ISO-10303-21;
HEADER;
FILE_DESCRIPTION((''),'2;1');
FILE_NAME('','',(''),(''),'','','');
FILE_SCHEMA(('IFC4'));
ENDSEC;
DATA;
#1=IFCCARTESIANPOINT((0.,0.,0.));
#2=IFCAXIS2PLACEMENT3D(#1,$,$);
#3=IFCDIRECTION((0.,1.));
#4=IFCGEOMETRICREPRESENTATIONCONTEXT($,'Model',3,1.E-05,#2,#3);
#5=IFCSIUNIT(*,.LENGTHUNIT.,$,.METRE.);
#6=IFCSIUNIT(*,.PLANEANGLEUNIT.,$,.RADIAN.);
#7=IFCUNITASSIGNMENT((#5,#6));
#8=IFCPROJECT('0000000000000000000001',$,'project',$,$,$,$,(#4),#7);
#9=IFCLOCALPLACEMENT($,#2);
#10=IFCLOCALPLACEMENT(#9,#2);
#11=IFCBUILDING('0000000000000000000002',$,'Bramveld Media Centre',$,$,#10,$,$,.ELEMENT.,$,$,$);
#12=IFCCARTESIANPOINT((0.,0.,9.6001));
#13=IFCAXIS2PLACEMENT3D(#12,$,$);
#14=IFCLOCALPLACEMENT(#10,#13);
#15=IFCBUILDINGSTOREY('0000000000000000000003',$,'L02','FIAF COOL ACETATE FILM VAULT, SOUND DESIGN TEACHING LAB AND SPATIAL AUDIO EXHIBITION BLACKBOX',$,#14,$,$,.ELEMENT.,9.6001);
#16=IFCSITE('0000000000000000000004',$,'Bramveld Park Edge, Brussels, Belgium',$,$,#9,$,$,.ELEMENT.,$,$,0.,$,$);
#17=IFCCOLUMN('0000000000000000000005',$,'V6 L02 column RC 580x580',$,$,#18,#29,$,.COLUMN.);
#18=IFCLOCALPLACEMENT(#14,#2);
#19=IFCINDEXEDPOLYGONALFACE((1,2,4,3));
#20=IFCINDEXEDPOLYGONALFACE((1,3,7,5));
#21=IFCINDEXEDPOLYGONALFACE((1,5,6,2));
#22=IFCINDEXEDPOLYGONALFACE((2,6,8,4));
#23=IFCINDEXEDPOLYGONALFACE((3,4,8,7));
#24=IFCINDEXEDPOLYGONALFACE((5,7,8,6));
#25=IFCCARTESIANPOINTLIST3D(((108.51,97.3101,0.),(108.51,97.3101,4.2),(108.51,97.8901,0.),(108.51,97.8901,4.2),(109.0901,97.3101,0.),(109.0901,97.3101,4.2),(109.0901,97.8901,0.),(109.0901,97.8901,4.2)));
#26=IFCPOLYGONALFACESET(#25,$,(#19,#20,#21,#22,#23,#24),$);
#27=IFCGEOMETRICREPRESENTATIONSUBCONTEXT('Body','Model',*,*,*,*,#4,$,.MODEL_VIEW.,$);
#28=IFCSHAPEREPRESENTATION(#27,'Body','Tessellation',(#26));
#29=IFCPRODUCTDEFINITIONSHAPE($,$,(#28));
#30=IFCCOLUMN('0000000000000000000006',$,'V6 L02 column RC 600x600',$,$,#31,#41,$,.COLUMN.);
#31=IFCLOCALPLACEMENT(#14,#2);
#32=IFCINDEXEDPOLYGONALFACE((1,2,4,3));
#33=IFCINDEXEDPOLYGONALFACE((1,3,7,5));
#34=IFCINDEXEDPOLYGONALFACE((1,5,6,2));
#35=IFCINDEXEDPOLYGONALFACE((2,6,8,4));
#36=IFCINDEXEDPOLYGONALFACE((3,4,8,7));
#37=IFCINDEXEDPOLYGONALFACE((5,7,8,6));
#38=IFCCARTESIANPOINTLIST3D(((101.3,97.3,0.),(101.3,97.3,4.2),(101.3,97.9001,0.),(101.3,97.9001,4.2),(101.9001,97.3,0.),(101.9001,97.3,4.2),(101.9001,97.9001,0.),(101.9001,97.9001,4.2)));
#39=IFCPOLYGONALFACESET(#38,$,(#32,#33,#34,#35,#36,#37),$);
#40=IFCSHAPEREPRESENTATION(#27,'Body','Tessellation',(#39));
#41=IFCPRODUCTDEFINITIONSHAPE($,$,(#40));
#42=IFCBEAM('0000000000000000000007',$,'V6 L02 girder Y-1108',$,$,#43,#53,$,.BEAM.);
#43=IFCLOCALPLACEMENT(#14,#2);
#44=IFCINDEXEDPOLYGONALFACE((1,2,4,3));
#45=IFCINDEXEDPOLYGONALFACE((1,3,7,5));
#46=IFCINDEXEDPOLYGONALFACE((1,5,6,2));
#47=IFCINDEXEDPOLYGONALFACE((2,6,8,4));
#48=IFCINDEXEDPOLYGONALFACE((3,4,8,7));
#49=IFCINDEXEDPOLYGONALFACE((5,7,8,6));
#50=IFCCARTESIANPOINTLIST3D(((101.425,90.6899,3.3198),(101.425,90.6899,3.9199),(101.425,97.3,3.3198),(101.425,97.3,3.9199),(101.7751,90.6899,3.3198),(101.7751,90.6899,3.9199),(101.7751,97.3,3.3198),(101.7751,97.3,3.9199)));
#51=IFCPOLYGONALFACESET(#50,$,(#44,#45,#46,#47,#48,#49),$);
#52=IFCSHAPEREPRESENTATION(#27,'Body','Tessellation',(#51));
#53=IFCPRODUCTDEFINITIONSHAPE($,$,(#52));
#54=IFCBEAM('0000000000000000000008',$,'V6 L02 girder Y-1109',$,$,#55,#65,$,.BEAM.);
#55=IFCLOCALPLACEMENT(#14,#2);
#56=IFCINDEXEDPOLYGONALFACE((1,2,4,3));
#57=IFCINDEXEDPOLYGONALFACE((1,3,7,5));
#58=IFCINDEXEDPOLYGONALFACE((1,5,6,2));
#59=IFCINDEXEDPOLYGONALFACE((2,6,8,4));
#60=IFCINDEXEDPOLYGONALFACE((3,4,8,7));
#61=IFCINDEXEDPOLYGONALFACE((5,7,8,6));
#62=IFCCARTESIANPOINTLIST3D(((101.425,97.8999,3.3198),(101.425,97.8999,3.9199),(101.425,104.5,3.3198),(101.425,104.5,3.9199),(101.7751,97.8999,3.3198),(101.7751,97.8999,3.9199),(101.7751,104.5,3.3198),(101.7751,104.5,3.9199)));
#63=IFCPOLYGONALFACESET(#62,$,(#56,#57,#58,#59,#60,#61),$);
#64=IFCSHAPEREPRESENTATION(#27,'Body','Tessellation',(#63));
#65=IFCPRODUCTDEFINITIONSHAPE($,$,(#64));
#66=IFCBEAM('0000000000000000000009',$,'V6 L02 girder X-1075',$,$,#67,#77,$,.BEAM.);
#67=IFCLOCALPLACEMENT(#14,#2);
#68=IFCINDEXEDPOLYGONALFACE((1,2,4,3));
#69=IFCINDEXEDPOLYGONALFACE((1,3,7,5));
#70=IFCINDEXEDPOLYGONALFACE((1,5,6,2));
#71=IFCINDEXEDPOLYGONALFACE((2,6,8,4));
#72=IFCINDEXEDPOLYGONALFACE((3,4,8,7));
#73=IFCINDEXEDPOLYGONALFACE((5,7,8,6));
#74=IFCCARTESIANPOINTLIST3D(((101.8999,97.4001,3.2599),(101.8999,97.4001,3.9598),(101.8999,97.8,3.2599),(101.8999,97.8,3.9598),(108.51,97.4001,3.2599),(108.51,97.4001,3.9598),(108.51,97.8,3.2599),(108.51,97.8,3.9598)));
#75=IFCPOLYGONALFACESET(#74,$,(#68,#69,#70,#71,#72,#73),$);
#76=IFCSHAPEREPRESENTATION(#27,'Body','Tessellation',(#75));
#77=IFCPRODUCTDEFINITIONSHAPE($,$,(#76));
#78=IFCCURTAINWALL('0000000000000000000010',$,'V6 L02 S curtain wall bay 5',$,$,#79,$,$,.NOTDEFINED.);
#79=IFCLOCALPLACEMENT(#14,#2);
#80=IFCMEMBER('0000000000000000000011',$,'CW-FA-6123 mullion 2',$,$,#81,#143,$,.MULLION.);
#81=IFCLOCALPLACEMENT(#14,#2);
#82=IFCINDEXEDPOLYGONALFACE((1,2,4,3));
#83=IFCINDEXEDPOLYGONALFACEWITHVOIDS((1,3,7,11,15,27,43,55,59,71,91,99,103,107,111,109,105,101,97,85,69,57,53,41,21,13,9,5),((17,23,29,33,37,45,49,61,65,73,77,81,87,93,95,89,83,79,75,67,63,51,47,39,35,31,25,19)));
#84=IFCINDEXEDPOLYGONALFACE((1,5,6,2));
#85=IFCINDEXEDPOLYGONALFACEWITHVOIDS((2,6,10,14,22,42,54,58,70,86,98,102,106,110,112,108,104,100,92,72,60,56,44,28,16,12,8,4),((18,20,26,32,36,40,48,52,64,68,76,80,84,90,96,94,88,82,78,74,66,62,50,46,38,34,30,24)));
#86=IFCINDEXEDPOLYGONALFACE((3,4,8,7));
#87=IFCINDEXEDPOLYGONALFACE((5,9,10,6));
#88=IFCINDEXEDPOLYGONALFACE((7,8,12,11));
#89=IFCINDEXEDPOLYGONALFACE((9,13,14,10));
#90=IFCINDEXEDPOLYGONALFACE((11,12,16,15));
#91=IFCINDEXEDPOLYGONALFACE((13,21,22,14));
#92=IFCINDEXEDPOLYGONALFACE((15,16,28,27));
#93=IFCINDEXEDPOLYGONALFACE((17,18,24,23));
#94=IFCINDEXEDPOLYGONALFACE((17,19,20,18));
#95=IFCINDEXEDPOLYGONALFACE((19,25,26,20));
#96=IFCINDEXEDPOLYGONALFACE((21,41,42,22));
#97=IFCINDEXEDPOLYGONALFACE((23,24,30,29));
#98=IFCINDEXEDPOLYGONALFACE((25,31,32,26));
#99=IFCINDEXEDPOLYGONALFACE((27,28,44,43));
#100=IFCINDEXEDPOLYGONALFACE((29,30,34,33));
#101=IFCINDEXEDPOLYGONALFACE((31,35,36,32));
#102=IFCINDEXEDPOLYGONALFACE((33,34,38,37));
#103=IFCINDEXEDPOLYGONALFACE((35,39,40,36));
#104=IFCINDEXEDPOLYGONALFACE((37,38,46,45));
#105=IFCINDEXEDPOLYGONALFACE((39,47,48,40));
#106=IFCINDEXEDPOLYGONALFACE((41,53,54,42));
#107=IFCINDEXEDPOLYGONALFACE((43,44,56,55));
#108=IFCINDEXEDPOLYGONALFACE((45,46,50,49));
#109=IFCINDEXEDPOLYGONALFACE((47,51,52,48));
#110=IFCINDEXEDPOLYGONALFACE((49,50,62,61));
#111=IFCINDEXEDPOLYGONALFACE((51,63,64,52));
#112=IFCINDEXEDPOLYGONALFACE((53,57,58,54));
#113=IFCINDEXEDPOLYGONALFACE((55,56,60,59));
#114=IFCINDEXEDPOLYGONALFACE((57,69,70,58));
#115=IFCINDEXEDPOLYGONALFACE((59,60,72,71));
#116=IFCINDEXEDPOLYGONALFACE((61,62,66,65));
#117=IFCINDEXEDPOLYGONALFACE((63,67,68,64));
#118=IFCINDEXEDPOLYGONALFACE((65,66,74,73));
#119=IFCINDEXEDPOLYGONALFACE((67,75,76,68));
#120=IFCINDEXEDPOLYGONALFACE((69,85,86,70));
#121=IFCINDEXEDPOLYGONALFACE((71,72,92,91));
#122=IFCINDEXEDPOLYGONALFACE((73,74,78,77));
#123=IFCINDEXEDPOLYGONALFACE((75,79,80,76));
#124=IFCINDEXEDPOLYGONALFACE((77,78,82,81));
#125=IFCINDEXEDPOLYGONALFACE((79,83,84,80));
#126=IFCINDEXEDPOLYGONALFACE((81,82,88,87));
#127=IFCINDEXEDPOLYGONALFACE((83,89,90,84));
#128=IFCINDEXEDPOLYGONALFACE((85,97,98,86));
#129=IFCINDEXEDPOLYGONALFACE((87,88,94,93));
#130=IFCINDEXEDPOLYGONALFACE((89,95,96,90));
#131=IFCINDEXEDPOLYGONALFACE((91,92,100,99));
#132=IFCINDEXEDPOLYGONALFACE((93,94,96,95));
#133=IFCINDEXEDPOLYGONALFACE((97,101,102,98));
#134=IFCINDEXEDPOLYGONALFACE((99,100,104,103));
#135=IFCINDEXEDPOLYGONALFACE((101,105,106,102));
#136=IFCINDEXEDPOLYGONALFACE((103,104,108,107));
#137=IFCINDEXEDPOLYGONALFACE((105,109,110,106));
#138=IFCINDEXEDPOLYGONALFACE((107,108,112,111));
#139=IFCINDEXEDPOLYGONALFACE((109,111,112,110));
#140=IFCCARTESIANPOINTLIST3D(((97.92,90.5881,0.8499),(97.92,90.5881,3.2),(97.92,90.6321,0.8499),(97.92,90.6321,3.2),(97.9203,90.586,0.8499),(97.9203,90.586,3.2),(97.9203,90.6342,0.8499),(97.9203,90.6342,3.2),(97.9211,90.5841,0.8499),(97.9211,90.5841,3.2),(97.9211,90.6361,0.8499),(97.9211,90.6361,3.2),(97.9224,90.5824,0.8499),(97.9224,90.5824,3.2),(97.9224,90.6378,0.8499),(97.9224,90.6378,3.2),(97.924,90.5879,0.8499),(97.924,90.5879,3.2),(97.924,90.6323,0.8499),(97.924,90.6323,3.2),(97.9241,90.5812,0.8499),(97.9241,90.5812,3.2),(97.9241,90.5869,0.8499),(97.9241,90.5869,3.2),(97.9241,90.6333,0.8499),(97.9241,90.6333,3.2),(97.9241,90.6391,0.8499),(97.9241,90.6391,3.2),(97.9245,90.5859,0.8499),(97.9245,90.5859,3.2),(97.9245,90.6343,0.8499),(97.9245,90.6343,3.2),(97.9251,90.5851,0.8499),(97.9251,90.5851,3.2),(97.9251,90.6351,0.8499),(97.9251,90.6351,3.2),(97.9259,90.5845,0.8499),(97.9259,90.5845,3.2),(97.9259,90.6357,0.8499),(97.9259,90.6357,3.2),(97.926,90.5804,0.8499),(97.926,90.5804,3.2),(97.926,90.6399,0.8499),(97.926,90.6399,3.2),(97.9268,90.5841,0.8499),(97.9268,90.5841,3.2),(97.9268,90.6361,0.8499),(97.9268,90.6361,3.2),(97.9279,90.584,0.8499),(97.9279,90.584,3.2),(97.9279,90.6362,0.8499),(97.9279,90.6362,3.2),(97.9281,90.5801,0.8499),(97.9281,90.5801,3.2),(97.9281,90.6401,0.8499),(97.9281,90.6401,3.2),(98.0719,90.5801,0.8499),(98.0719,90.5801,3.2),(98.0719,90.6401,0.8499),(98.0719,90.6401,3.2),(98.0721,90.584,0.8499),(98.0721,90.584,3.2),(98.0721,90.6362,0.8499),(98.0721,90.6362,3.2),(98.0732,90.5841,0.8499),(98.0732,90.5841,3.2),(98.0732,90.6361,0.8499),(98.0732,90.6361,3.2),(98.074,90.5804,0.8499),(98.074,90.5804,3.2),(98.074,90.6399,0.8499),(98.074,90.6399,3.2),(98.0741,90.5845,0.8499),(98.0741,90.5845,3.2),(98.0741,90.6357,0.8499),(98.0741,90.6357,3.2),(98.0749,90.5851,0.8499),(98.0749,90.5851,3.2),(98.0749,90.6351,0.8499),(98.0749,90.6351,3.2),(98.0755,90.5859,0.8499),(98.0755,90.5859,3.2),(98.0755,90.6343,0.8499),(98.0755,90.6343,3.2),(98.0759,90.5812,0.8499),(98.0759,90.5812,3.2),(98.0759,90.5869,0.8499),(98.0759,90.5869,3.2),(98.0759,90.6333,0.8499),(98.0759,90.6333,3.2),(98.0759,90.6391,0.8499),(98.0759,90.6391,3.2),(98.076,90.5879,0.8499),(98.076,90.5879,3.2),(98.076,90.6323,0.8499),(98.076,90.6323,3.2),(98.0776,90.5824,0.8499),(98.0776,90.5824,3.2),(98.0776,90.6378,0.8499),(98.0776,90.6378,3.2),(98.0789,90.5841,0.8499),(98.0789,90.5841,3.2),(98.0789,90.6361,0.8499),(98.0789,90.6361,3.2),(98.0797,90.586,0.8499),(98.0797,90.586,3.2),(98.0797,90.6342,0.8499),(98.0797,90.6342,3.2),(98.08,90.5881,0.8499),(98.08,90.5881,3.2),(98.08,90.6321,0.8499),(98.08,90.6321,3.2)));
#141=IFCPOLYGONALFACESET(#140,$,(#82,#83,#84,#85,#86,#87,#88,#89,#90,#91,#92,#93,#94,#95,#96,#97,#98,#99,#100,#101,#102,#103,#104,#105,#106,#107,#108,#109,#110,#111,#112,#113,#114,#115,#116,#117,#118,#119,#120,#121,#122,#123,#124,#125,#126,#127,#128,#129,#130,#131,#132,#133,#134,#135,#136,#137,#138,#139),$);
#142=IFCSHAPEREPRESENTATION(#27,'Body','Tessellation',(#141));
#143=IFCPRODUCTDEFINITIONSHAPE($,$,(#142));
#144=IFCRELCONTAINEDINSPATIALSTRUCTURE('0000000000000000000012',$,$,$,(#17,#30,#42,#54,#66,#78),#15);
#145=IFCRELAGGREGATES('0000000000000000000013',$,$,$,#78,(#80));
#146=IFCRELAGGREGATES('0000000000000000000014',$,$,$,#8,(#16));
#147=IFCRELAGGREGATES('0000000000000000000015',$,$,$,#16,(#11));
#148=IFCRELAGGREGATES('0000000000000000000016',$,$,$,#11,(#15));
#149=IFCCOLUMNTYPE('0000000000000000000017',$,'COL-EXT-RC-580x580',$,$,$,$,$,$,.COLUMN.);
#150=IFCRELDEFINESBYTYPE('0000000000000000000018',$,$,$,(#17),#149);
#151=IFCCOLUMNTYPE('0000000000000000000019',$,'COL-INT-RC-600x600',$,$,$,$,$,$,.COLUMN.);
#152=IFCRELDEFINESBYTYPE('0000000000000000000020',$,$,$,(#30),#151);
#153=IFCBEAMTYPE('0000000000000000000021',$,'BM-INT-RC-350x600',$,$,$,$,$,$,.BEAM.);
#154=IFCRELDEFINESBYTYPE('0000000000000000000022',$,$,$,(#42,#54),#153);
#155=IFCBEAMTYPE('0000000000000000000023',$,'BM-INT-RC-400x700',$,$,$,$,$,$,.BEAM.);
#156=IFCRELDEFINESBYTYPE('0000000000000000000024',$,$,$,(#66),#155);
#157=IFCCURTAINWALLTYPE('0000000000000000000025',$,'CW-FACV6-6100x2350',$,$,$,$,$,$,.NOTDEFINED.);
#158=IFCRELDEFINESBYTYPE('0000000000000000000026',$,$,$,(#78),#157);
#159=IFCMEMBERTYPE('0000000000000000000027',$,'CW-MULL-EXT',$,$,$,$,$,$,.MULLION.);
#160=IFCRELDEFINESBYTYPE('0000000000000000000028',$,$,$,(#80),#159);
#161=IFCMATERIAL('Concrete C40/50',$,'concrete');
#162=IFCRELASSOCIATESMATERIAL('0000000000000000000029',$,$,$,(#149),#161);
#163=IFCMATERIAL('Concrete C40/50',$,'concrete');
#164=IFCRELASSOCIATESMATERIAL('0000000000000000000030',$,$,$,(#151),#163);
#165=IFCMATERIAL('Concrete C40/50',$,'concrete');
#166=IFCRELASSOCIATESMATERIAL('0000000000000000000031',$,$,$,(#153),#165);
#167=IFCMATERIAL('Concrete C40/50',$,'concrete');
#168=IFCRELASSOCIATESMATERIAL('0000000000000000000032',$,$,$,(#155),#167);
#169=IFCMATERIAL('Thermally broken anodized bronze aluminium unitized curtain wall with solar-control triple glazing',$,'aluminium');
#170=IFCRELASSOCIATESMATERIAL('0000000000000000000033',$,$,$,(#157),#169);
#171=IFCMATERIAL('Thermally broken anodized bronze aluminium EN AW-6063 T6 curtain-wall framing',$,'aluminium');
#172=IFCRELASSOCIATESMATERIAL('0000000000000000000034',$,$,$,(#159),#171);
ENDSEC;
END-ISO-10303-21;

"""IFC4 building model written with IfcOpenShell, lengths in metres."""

from ifc_helpers import new_model, si_unit, direction, frame, origin, origin_2d, place, context, subcontext, project, spatial, rectangle, hollow_rectangle, extrude, material, material_profile, profile_set, type_object, element, aggregate, save


model = new_model("IFC4")

# Units and contexts
model_context = context("Model", 3, precision=1e-05, world=origin(), true_north=direction((0.0, 1.0)))
body_context = subcontext(model_context, "Body", "Model", "MODEL_VIEW")
ifc_project = project(units=[si_unit("LENGTHUNIT", "METRE"), si_unit("PLANEANGLEUNIT", "RADIAN")], contexts=[model_context])

# Site, building, storey
site_placement = place(None, origin())
site = spatial("IfcSite", under=ifc_project, at=site_placement, Name="Bramveld Park Edge, Brussels, Belgium", CompositionType="ELEMENT", RefElevation=0.0)
building_placement = place(site_placement, origin())
building = spatial("IfcBuilding", under=site, at=building_placement, Name="Bramveld Media Centre", CompositionType="ELEMENT")
storey_placement = place(building_placement, frame((0.0, 0.0, 9.6001)))
storey = spatial("IfcBuildingStorey", under=building, at=storey_placement, Name="L02", Description="FIAF COOL ACETATE FILM VAULT, SOUND DESIGN TEACHING LAB AND SPATIAL AUDIO EXHIBITION BLACKBOX", CompositionType="ELEMENT", Elevation=9.6001)

# Columns
ifc_material_1 = material(Name="Concrete C40/50", Category="concrete")
ifc_material_profile_1 = material_profile(ifc_material_1, rectangle(XDim=0.5801, YDim=0.5801, at=origin_2d()), Name="RC 580x580")
ifc_profile_set_1 = profile_set([ifc_material_profile_1], Name="Concrete C40/50")
column_type_1 = type_object("IfcColumnType", Name="COL-EXT-RC-580x580", PredefinedType="COLUMN", material=ifc_profile_set_1)
column_1_placement = place(storey_placement, frame((108.8, 97.6001, 0.0), z_axis=(0.0, 0.0, 1.0), x_axis=(1.0, 0.0, 0.0)))
element("IfcColumn", 1, at=column_1_placement, inside=storey, type_object=column_type_1, Name="V6 L02 column RC 580x580", PredefinedType="COLUMN", context=body_context, shape_type="SweptSolid", body=[
    extrude(rectangle(XDim=0.5801, YDim=0.5801, at=origin_2d()), origin(), (0.0, 0.0, 1.0), 4.2),
])
ifc_material_2 = material(Name="Concrete C40/50", Category="concrete")
ifc_material_profile_2 = material_profile(ifc_material_2, rectangle(XDim=0.6001, YDim=0.6001, at=origin_2d()), Name="RC 600x600")
ifc_profile_set_2 = profile_set([ifc_material_profile_2], Name="Concrete C40/50")
column_type_2 = type_object("IfcColumnType", Name="COL-INT-RC-600x600", PredefinedType="COLUMN", material=ifc_profile_set_2)
column_2_placement = place(storey_placement, frame((101.6001, 97.6001, 0.0), z_axis=(0.0, 0.0, 1.0), x_axis=(1.0, 0.0, 0.0)))
element("IfcColumn", 2, at=column_2_placement, inside=storey, type_object=column_type_2, Name="V6 L02 column RC 600x600", PredefinedType="COLUMN", context=body_context, shape_type="SweptSolid", body=[
    extrude(rectangle(XDim=0.6001, YDim=0.6001, at=origin_2d()), origin(), (0.0, 0.0, 1.0), 4.2),
])

# Beams
ifc_material_3 = material(Name="Concrete C40/50", Category="concrete")
ifc_material_profile_3 = material_profile(ifc_material_3, rectangle(XDim=0.3501, YDim=0.6001, at=origin_2d()), Name="RC 350x600")
ifc_profile_set_3 = profile_set([ifc_material_profile_3], Name="Concrete C40/50")
beam_type_1 = type_object("IfcBeamType", Name="BM-INT-RC-350x600", PredefinedType="BEAM", material=ifc_profile_set_3)
beam_1_placement = place(storey_placement, frame((101.6001, 90.6899, 3.6199), z_axis=(0.0, 1.0, 0.0), x_axis=(-1.0, 0.0, 0.0)))
element("IfcBeam", 3, at=beam_1_placement, inside=storey, type_object=beam_type_1, Name="V6 L02 girder Y-1108", PredefinedType="BEAM", context=body_context, shape_type="SweptSolid", body=[
    extrude(rectangle(XDim=0.3501, YDim=0.6001, at=origin_2d()), origin(), (0.0, 0.0, 1.0), 6.6101),
])
beam_2_placement = place(storey_placement, frame((101.6001, 97.8999, 3.6199), z_axis=(0.0, 1.0, 0.0), x_axis=(-1.0, 0.0, 0.0)))
element("IfcBeam", 4, at=beam_2_placement, inside=storey, type_object=beam_type_1, Name="V6 L02 girder Y-1109", PredefinedType="BEAM", context=body_context, shape_type="SweptSolid", body=[
    extrude(rectangle(XDim=0.3501, YDim=0.6001, at=origin_2d()), origin(), (0.0, 0.0, 1.0), 6.6001),
])
ifc_material_4 = material(Name="Concrete C40/50", Category="concrete")
ifc_material_profile_4 = material_profile(ifc_material_4, rectangle(XDim=0.3999, YDim=0.7, at=origin_2d()), Name="RC 400x700")
ifc_profile_set_4 = profile_set([ifc_material_profile_4], Name="Concrete C40/50")
beam_type_2 = type_object("IfcBeamType", Name="BM-INT-RC-400x700", PredefinedType="BEAM", material=ifc_profile_set_4)
beam_3_placement = place(storey_placement, frame((101.8999, 97.6001, 3.6099), z_axis=(1.0, 0.0, 0.0), x_axis=(0.0, 1.0, 0.0)))
element("IfcBeam", 5, at=beam_3_placement, inside=storey, type_object=beam_type_2, Name="V6 L02 girder X-1075", PredefinedType="BEAM", context=body_context, shape_type="SweptSolid", body=[
    extrude(rectangle(XDim=0.3999, YDim=0.7, at=origin_2d()), origin(), (0.0, 0.0, 1.0), 6.6101),
])

# Curtain wall, member
ifc_material_5 = material(Name="Thermally broken anodized bronze aluminium unitized curtain wall with solar-control triple glazing", Category="aluminium")
curtain_wall_type = type_object("IfcCurtainWallType", Name="CW-FACV6-6100x2350", PredefinedType="NOTDEFINED", material=ifc_material_5)
curtain_wall_1_placement = place(storey_placement, origin())
curtain_wall_1 = element("IfcCurtainWall", 6, at=curtain_wall_1_placement, inside=storey, type_object=curtain_wall_type, Name="V6 L02 S curtain wall bay 5", PredefinedType="NOTDEFINED")
ifc_material_6 = material(Name="Thermally broken anodized bronze aluminium EN AW-6063 T6 curtain-wall framing", Category="aluminium")
ifc_material_profile_5 = material_profile(ifc_material_6, hollow_rectangle(XDim=0.0601, YDim=0.1599, WallThickness=0.0039, InnerFilletRadius=0.0039, OuterFilletRadius=0.0081, at=origin_2d()), Name="AL-MULL 60x160")
ifc_profile_set_5 = profile_set([ifc_material_profile_5], Name="Thermally broken anodized bronze aluminium EN AW-6063 T6 curtain-wall framing")
member_type_1 = type_object("IfcMemberType", Name="CW-MULL-EXT", PredefinedType="MULLION", material=ifc_profile_set_5)
member_1_placement = place(storey_placement, frame((98.0, 90.6101, 0.8499), z_axis=(0.0, 0.0, 1.0), x_axis=(0.0, 1.0, 0.0)))
member_1 = element("IfcMember", 7, at=member_1_placement, type_object=member_type_1, Name="CW-FA-6123 mullion 2", PredefinedType="MULLION", context=body_context, shape_type="SweptSolid", body=[
    extrude(hollow_rectangle(XDim=0.0601, YDim=0.1599, WallThickness=0.0039, InnerFilletRadius=0.0039, OuterFilletRadius=0.0081, at=origin_2d()), origin(), (0.0, 0.0, 1.0), 2.3501),
])

aggregate(curtain_wall_1, [member_1])

save(model, "model.ifc")
